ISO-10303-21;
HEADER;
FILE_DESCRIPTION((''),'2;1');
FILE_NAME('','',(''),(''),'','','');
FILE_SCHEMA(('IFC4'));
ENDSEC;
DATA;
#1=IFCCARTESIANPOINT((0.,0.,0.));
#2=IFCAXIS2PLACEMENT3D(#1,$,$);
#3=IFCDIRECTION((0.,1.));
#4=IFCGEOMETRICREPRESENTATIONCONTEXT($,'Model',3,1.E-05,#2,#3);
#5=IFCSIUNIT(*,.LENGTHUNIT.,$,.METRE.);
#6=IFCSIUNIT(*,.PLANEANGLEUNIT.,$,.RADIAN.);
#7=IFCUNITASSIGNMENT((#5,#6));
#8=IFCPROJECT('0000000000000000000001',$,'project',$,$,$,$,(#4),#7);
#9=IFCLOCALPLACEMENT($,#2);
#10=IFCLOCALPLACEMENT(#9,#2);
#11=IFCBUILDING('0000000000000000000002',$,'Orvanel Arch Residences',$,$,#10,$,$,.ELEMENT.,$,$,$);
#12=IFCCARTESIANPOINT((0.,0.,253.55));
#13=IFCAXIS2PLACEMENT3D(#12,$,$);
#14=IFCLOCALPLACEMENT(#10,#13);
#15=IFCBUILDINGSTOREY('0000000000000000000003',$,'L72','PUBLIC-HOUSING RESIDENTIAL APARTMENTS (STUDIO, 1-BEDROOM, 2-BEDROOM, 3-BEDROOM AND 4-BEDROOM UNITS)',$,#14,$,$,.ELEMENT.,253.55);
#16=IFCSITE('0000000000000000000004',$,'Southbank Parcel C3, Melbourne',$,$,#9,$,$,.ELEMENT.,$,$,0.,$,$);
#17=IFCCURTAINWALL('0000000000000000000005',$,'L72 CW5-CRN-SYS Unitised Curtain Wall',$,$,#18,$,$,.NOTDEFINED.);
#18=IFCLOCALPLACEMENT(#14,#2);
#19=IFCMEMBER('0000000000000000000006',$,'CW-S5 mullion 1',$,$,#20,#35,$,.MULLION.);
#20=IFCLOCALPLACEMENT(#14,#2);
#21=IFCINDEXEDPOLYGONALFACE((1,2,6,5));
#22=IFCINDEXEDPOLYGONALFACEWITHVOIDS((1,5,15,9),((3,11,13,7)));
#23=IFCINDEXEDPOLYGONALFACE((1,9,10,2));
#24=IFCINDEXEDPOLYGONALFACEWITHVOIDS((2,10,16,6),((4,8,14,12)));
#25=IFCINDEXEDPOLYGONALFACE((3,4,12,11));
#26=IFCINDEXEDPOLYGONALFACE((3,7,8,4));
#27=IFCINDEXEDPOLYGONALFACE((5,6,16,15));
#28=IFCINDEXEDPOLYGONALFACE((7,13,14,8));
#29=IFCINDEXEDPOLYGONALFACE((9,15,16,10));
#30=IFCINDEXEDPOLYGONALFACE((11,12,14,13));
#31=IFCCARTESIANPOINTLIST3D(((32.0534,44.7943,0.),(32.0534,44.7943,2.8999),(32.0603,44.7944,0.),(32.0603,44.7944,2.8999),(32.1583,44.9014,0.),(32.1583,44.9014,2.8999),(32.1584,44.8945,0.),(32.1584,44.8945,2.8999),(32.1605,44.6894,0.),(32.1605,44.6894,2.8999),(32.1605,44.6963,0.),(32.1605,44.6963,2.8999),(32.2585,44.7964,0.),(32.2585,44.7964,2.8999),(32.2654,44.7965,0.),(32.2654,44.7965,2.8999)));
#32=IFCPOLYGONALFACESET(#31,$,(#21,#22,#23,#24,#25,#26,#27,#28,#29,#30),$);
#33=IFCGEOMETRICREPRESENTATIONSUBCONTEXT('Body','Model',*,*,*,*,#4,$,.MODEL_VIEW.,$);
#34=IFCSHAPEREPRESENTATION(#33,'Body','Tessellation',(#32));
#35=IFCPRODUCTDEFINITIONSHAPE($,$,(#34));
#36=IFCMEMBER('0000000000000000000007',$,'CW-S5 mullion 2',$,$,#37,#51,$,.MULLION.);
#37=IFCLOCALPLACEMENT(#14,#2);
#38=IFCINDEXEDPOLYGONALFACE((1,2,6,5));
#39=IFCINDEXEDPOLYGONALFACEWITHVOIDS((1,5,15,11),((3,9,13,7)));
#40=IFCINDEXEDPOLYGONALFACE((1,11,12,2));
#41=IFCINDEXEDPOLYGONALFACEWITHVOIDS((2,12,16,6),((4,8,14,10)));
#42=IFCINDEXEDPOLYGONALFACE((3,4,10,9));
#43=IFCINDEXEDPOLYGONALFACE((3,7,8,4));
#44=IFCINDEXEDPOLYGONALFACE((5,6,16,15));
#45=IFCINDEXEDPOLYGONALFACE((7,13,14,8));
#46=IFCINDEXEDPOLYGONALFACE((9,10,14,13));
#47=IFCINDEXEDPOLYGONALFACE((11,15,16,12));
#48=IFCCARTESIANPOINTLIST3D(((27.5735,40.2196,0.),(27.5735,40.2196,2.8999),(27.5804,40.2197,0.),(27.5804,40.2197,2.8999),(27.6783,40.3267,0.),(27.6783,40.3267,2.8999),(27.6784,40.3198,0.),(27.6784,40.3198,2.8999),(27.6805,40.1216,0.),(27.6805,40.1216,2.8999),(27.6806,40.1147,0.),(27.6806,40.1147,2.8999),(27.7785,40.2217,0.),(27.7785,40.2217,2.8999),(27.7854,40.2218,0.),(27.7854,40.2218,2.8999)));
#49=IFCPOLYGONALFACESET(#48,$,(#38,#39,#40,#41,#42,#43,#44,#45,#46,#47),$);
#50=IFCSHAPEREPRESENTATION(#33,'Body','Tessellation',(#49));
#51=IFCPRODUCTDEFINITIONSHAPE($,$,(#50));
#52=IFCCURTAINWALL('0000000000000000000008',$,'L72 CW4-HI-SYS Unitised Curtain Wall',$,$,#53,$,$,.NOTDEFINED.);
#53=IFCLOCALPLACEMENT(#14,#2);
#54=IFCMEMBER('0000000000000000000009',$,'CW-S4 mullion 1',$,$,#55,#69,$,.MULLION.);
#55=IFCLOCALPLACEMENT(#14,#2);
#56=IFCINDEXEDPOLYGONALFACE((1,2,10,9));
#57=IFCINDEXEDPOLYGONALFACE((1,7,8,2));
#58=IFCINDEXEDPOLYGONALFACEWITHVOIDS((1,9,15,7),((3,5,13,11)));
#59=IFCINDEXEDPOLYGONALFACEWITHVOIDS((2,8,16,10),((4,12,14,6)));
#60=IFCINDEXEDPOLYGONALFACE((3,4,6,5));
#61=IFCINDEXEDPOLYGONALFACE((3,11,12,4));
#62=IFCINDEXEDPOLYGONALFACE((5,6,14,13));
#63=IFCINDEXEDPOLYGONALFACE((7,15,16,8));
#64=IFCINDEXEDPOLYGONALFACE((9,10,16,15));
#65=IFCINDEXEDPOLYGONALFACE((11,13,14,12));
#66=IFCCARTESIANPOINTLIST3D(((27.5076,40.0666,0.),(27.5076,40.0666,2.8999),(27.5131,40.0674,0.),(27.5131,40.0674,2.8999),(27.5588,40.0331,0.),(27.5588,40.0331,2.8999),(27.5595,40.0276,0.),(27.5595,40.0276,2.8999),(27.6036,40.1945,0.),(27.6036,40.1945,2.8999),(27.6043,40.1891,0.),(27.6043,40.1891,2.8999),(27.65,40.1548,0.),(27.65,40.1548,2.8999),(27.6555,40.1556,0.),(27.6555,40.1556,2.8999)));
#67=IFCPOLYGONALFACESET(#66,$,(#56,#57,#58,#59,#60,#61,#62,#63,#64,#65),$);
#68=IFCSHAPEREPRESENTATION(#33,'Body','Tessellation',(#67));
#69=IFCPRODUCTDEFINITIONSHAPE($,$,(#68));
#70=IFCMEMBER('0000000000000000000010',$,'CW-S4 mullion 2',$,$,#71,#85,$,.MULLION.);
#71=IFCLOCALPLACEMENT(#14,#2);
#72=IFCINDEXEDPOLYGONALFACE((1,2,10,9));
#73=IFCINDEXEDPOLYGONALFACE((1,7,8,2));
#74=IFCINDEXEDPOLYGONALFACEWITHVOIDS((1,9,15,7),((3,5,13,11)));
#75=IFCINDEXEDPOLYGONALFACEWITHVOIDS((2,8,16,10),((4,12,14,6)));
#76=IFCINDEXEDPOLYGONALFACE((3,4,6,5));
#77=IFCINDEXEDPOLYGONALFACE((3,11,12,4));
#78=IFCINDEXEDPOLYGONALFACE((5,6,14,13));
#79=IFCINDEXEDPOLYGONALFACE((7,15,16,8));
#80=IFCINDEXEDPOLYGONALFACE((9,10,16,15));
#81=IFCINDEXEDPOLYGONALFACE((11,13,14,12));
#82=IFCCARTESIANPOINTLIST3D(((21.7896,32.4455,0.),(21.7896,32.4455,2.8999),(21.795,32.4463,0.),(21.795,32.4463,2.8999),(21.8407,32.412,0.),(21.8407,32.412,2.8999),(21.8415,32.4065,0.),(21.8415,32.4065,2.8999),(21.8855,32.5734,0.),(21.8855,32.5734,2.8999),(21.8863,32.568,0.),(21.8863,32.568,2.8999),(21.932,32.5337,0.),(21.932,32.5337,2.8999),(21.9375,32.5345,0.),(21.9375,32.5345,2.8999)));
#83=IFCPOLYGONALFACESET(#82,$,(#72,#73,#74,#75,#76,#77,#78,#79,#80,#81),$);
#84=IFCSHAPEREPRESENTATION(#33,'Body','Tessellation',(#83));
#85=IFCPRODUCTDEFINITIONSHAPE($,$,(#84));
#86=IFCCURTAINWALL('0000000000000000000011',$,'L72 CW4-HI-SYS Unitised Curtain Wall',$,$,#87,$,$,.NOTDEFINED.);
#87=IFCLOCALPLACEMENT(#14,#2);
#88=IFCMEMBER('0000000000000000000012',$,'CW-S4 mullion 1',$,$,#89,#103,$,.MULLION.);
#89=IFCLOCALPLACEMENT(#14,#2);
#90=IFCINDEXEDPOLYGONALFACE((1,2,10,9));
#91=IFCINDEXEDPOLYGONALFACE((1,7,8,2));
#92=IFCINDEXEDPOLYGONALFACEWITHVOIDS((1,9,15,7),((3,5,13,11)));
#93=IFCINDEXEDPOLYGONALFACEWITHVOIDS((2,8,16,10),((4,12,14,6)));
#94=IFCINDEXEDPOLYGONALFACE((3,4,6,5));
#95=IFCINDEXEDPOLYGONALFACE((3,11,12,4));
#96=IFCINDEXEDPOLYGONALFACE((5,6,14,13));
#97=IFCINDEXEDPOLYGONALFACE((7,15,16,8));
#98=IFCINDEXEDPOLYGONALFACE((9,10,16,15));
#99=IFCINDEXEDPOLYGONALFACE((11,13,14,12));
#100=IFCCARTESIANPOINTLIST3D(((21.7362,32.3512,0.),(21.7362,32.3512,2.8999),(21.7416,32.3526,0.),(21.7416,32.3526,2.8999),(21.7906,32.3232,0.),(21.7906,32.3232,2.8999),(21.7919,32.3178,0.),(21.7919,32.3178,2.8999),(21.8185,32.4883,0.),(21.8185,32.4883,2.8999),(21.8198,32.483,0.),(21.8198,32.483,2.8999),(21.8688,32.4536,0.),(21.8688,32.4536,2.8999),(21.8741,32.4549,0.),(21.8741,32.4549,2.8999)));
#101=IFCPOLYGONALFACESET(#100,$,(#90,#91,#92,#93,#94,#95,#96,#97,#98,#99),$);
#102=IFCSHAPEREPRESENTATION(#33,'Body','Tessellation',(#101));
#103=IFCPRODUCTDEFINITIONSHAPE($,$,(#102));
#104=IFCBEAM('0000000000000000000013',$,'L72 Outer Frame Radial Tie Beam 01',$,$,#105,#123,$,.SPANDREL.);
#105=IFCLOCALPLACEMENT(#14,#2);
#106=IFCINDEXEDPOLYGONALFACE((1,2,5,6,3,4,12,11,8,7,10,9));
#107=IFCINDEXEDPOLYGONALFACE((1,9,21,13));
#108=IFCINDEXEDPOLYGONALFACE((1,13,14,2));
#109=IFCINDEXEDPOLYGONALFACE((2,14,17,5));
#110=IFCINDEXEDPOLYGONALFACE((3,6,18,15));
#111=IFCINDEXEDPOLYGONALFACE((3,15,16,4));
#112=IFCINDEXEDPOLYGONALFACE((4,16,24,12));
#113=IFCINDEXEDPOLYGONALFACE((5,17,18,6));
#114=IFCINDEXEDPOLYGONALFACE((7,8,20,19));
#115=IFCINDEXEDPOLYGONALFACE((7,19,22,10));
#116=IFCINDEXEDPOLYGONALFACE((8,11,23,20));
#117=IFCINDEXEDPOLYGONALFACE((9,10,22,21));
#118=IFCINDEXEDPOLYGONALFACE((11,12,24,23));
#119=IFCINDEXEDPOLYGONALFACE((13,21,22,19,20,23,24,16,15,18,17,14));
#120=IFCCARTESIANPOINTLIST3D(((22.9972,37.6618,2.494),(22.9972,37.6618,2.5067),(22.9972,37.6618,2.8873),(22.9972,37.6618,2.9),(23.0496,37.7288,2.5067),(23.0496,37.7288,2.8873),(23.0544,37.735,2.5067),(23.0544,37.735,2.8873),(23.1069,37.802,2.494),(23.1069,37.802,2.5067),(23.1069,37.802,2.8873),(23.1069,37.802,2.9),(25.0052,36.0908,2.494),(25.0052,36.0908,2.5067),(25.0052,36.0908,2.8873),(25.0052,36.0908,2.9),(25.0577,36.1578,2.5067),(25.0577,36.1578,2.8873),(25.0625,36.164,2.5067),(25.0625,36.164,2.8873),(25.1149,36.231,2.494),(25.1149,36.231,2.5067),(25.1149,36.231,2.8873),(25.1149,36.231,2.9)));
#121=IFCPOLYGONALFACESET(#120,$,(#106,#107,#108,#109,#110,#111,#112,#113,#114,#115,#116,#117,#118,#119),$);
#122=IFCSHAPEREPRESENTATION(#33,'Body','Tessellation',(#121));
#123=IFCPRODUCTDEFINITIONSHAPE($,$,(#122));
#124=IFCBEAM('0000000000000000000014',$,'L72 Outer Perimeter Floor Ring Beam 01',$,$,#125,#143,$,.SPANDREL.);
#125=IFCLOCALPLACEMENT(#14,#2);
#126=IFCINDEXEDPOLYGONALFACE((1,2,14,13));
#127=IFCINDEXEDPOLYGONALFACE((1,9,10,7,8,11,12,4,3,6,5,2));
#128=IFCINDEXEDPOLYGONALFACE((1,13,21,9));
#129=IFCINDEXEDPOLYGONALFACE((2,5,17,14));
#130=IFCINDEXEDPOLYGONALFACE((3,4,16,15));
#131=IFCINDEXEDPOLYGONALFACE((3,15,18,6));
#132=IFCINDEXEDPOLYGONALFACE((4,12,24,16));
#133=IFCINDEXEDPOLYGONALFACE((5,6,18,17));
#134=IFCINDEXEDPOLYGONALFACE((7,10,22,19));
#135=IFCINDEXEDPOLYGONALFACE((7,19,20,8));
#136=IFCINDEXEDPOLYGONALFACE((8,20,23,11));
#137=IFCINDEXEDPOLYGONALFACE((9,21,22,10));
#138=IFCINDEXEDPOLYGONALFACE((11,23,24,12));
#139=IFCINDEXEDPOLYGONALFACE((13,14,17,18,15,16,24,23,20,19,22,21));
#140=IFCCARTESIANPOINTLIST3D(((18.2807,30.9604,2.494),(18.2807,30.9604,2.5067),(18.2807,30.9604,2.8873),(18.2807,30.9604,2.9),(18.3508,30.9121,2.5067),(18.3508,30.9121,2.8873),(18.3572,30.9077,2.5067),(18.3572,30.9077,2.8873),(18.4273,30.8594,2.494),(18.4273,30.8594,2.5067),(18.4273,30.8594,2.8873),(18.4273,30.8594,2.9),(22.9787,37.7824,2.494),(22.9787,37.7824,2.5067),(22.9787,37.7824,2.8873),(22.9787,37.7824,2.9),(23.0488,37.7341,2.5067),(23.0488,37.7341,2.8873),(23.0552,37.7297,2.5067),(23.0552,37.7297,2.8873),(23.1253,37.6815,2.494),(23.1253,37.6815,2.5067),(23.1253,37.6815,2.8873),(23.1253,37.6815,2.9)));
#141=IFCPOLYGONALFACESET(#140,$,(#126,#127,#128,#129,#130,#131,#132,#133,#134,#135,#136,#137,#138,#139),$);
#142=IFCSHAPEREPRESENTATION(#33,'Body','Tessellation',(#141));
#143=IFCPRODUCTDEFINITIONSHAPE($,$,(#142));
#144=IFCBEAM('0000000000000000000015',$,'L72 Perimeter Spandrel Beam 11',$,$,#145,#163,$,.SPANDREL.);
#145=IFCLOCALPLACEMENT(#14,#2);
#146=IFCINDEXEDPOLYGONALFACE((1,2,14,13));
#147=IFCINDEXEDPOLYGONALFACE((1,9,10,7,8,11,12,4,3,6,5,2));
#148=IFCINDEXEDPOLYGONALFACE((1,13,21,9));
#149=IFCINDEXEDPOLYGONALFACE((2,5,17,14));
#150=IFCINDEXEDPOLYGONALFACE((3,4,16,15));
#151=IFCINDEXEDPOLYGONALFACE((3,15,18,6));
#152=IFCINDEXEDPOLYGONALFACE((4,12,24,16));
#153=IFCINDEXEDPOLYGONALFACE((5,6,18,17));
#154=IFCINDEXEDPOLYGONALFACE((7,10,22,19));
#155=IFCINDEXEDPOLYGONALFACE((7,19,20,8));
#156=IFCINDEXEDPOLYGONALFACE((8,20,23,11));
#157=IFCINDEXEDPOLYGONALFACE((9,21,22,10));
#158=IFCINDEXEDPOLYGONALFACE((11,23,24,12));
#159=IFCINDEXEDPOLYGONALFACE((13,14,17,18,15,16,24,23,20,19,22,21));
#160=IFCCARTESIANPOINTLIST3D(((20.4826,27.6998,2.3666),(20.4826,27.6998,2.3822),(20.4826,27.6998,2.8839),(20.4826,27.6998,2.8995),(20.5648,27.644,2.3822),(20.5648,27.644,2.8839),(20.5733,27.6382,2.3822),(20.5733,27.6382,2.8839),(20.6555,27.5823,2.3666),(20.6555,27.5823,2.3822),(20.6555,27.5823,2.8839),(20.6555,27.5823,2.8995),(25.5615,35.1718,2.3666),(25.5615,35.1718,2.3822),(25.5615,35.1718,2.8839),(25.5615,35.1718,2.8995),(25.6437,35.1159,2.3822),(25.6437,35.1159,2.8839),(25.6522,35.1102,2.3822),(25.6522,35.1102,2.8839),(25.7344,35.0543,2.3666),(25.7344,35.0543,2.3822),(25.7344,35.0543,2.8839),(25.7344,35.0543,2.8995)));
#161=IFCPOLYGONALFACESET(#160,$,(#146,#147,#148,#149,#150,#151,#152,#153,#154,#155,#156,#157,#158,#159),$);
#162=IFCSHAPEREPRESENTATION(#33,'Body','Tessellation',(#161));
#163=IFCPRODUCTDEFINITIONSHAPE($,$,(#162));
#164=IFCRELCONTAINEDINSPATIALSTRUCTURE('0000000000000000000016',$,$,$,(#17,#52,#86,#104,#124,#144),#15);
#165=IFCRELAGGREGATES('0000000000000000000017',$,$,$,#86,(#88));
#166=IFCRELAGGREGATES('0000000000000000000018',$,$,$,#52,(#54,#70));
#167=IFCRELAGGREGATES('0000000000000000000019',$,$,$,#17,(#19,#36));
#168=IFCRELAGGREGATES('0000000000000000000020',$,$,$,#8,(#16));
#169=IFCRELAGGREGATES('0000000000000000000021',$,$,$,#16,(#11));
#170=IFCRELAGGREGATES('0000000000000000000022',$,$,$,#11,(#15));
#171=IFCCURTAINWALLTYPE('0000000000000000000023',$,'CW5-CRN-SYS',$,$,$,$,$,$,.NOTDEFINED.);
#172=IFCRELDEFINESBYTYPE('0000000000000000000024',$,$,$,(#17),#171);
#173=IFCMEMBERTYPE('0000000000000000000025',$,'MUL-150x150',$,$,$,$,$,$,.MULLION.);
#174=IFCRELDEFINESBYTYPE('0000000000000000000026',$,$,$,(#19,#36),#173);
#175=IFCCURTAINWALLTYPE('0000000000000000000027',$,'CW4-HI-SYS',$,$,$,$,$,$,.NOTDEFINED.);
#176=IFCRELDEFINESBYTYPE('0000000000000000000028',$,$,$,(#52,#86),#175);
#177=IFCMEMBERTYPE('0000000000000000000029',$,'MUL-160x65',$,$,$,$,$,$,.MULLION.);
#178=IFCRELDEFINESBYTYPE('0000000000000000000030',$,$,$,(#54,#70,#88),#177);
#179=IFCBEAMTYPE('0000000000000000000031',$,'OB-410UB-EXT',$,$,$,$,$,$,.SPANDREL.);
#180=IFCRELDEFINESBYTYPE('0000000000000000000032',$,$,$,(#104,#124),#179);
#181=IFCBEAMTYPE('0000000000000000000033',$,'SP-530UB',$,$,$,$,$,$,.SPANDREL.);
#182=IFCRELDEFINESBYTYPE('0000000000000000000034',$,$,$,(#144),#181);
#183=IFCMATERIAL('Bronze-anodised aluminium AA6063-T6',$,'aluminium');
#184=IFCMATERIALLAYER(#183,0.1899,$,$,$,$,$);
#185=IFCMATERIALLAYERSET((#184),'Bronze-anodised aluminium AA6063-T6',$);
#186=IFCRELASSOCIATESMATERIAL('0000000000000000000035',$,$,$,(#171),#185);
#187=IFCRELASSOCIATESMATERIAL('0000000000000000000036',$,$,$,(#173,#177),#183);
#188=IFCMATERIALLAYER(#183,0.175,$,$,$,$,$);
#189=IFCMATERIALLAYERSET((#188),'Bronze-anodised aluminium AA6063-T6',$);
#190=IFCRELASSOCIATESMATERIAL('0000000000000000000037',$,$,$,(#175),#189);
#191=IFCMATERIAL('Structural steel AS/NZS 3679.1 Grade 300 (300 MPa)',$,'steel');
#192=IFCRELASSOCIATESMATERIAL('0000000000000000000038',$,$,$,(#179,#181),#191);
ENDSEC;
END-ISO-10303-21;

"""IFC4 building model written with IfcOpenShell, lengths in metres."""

from ifc_helpers import new_model, si_unit, direction, frame, origin, origin_2d, place, context, subcontext, project, spatial, hollow_rectangle, i_section, extrude, material, layer, layer_set, material_profile, profile_set, type_object, element, aggregate, save


model = new_model("IFC4")

# Units and contexts
model_context = context("Model", 3, precision=1e-05, world=origin(), true_north=direction((0.0, 1.0)))
body_context = subcontext(model_context, "Body", "Model", "MODEL_VIEW")
ifc_project = project(units=[si_unit("LENGTHUNIT", "METRE"), si_unit("PLANEANGLEUNIT", "RADIAN")], contexts=[model_context])

# Site, building, storey
site_placement = place(None, origin())
site = spatial("IfcSite", under=ifc_project, at=site_placement, Name="Southbank Parcel C3, Melbourne", CompositionType="ELEMENT", RefElevation=0.0)
building_placement = place(site_placement, origin())
building = spatial("IfcBuilding", under=site, at=building_placement, Name="Orvanel Arch Residences", CompositionType="ELEMENT")
storey_placement = place(building_placement, frame((0.0, 0.0, 253.55)))
storey = spatial("IfcBuildingStorey", under=building, at=storey_placement, Name="L72", Description="PUBLIC-HOUSING RESIDENTIAL APARTMENTS (STUDIO, 1-BEDROOM, 2-BEDROOM, 3-BEDROOM AND 4-BEDROOM UNITS)", CompositionType="ELEMENT", Elevation=253.55)

# Shared definitions
ifc_material_1 = material(Name="Structural steel AS/NZS 3679.1 Grade 300 (300 MPa)", Category="steel")

# Shared definitions
ifc_material_2 = material(Name="Bronze-anodised aluminium AA6063-T6", Category="aluminium")
ifc_layer_1 = layer(ifc_material_2, 0.1899)
ifc_layer_set_1 = layer_set([ifc_layer_1], Name="Bronze-anodised aluminium AA6063-T6")
curtain_wall_type_1 = type_object("IfcCurtainWallType", Name="CW5-CRN-SYS", PredefinedType="NOTDEFINED", material=ifc_layer_set_1)
ifc_material_profile_1 = material_profile(ifc_material_2, hollow_rectangle(XDim=0.1499, YDim=0.1499, WallThickness=0.0049, at=origin_2d()), Name="ALU150x150x5")
ifc_profile_set_1 = profile_set([ifc_material_profile_1], Name="Bronze-anodised aluminium AA6063-T6")
member_type_1 = type_object("IfcMemberType", Name="MUL-150x150", PredefinedType="MULLION", material=ifc_profile_set_1)

# Curtain walls, members
curtain_wall_1_placement = place(storey_placement, origin())
curtain_wall_1 = element("IfcCurtainWall", 1, at=curtain_wall_1_placement, inside=storey, type_object=curtain_wall_type_1, Name="L72 CW5-CRN-SYS Unitised Curtain Wall", PredefinedType="NOTDEFINED")
member_1_placement = place(storey_placement, frame((32.1594, 44.7954, 0.0), z_axis=(0.0, 0.0, 1.0), x_axis=(0.714469, -0.699667, 0.0)))
member_1 = element("IfcMember", 2, at=member_1_placement, type_object=member_type_1, Name="CW-S5 mullion 1", PredefinedType="MULLION", context=body_context, shape_type="SweptSolid", body=[
    extrude(hollow_rectangle(XDim=0.1499, YDim=0.1499, WallThickness=0.0049, at=origin_2d()), origin(), (0.0, 0.0, 1.0), 2.8999),
])
member_2_placement = place(storey_placement, frame((27.6794, 40.2207, 0.0), z_axis=(0.0, 0.0, 1.0), x_axis=(0.714469, -0.699667, 0.0)))
member_2 = element("IfcMember", 3, at=member_2_placement, type_object=member_type_1, Name="CW-S5 mullion 2", PredefinedType="MULLION", context=body_context, shape_type="SweptSolid", body=[
    extrude(hollow_rectangle(XDim=0.1499, YDim=0.1499, WallThickness=0.0049, at=origin_2d()), origin(), (0.0, 0.0, 1.0), 2.8999),
])
ifc_layer_2 = layer(ifc_material_2, 0.175)
ifc_layer_set_2 = layer_set([ifc_layer_2], Name="Bronze-anodised aluminium AA6063-T6")
curtain_wall_type_2 = type_object("IfcCurtainWallType", Name="CW4-HI-SYS", PredefinedType="NOTDEFINED", material=ifc_layer_set_2)
curtain_wall_2_placement = place(storey_placement, origin())
curtain_wall_2 = element("IfcCurtainWall", 4, at=curtain_wall_2_placement, inside=storey, type_object=curtain_wall_type_2, Name="L72 CW4-HI-SYS Unitised Curtain Wall", PredefinedType="NOTDEFINED")
ifc_material_profile_2 = material_profile(ifc_material_2, hollow_rectangle(XDim=0.0649, YDim=0.1599, WallThickness=0.0039, at=origin_2d()), Name="ALU160x65x4")
ifc_profile_set_2 = profile_set([ifc_material_profile_2], Name="Bronze-anodised aluminium AA6063-T6")
member_type_2 = type_object("IfcMemberType", Name="MUL-160x65", PredefinedType="MULLION", material=ifc_profile_set_2)
member_3_placement = place(storey_placement, frame((27.5815, 40.1111, 0.0), z_axis=(0.0, 0.0, 1.0), x_axis=(0.799887, -0.60015, 0.0)))
member_3 = element("IfcMember", 5, at=member_3_placement, type_object=member_type_2, Name="CW-S4 mullion 1", PredefinedType="MULLION", context=body_context, shape_type="SweptSolid", body=[
    extrude(hollow_rectangle(XDim=0.0649, YDim=0.1599, WallThickness=0.0039, at=origin_2d()), origin(), (0.0, 0.0, 1.0), 2.8999),
])
member_4_placement = place(storey_placement, frame((21.8635, 32.49, 0.0), z_axis=(0.0, 0.0, 1.0), x_axis=(0.799887, -0.60015, 0.0)))
member_4 = element("IfcMember", 6, at=member_4_placement, type_object=member_type_2, Name="CW-S4 mullion 2", PredefinedType="MULLION", context=body_context, shape_type="SweptSolid", body=[
    extrude(hollow_rectangle(XDim=0.0649, YDim=0.1599, WallThickness=0.0039, at=origin_2d()), origin(), (0.0, 0.0, 1.0), 2.8999),
])

# Curtain wall, member
curtain_wall_3_placement = place(storey_placement, origin())
curtain_wall_3 = element("IfcCurtainWall", 7, at=curtain_wall_3_placement, inside=storey, type_object=curtain_wall_type_2, Name="L72 CW4-HI-SYS Unitised Curtain Wall", PredefinedType="NOTDEFINED")
member_5_placement = place(storey_placement, frame((21.8052, 32.4031, 0.0), z_axis=(0.0, 0.0, 1.0), x_axis=(0.857576, -0.514357, 0.0)))
member_5 = element("IfcMember", 8, at=member_5_placement, type_object=member_type_2, Name="CW-S4 mullion 1", PredefinedType="MULLION", context=body_context, shape_type="SweptSolid", body=[
    extrude(hollow_rectangle(XDim=0.0649, YDim=0.1599, WallThickness=0.0039, at=origin_2d()), origin(), (0.0, 0.0, 1.0), 2.8999),
])

# Beams
ifc_material_profile_3 = material_profile(ifc_material_1, i_section(OverallWidth=0.178, OverallDepth=0.406, WebThickness=0.0078, FlangeThickness=0.0127, at=origin_2d()), Name="410UB59.7")
ifc_profile_set_3 = profile_set([ifc_material_profile_3], Name="Structural steel AS/NZS 3679.1 Grade 300 (300 MPa)")
beam_type_1 = type_object("IfcBeamType", Name="OB-410UB-EXT", PredefinedType="SPANDREL", material=ifc_profile_set_3)
beam_1_placement = place(storey_placement, frame((25.0601, 36.1609, 2.697), z_axis=(-0.787596, 0.616192, 0.0), x_axis=(-0.616192, -0.787596, 0.0)))
element("IfcBeam", 9, at=beam_1_placement, inside=storey, type_object=beam_type_1, Name="L72 Outer Frame Radial Tie Beam 01", PredefinedType="SPANDREL", context=body_context, shape_type="SweptSolid", body=[
    extrude(i_section(OverallWidth=0.178, OverallDepth=0.406, WebThickness=0.0078, FlangeThickness=0.0127, at=origin_2d()), origin(), (0.0, 0.0, 1.0), 2.5496),
])
beam_2_placement = place(storey_placement, frame((23.052, 37.7319, 2.697), z_axis=(-0.567173, -0.823599, 0.0), x_axis=(0.823599, -0.567173, 0.0)))
element("IfcBeam", 10, at=beam_2_placement, inside=storey, type_object=beam_type_1, Name="L72 Outer Perimeter Floor Ring Beam 01", PredefinedType="SPANDREL", context=body_context, shape_type="SweptSolid", body=[
    extrude(i_section(OverallWidth=0.178, OverallDepth=0.406, WebThickness=0.0078, FlangeThickness=0.0127, at=origin_2d()), origin(), (0.0, 0.0, 1.0), 8.2832),
])
ifc_material_profile_4 = material_profile(ifc_material_1, i_section(OverallWidth=0.209, OverallDepth=0.533, WebThickness=0.0103, FlangeThickness=0.0156, at=origin_2d()), Name="530UB92.4")
ifc_profile_set_4 = profile_set([ifc_material_profile_4], Name="Structural steel AS/NZS 3679.1 Grade 300 (300 MPa)")
beam_type_2 = type_object("IfcBeamType", Name="SP-530UB", PredefinedType="SPANDREL", material=ifc_profile_set_4)
beam_3_placement = place(storey_placement, frame((25.6479, 35.113, 2.6331), z_axis=(-0.562155, -0.827032, 0.0), x_axis=(0.827032, -0.562155, 0.0)))
element("IfcBeam", 11, at=beam_3_placement, inside=storey, type_object=beam_type_2, Name="L72 Perimeter Spandrel Beam 11", PredefinedType="SPANDREL", context=body_context, shape_type="SweptSolid", body=[
    extrude(i_section(OverallWidth=0.209, OverallDepth=0.533, WebThickness=0.0103, FlangeThickness=0.0156, at=origin_2d()), origin(), (0.0, 0.0, 1.0), 9.0347),
])

aggregate(curtain_wall_3, [member_5])

aggregate(curtain_wall_2, [member_3, member_4])
aggregate(curtain_wall_1, [member_1, member_2])

save(model, "model.ifc")
